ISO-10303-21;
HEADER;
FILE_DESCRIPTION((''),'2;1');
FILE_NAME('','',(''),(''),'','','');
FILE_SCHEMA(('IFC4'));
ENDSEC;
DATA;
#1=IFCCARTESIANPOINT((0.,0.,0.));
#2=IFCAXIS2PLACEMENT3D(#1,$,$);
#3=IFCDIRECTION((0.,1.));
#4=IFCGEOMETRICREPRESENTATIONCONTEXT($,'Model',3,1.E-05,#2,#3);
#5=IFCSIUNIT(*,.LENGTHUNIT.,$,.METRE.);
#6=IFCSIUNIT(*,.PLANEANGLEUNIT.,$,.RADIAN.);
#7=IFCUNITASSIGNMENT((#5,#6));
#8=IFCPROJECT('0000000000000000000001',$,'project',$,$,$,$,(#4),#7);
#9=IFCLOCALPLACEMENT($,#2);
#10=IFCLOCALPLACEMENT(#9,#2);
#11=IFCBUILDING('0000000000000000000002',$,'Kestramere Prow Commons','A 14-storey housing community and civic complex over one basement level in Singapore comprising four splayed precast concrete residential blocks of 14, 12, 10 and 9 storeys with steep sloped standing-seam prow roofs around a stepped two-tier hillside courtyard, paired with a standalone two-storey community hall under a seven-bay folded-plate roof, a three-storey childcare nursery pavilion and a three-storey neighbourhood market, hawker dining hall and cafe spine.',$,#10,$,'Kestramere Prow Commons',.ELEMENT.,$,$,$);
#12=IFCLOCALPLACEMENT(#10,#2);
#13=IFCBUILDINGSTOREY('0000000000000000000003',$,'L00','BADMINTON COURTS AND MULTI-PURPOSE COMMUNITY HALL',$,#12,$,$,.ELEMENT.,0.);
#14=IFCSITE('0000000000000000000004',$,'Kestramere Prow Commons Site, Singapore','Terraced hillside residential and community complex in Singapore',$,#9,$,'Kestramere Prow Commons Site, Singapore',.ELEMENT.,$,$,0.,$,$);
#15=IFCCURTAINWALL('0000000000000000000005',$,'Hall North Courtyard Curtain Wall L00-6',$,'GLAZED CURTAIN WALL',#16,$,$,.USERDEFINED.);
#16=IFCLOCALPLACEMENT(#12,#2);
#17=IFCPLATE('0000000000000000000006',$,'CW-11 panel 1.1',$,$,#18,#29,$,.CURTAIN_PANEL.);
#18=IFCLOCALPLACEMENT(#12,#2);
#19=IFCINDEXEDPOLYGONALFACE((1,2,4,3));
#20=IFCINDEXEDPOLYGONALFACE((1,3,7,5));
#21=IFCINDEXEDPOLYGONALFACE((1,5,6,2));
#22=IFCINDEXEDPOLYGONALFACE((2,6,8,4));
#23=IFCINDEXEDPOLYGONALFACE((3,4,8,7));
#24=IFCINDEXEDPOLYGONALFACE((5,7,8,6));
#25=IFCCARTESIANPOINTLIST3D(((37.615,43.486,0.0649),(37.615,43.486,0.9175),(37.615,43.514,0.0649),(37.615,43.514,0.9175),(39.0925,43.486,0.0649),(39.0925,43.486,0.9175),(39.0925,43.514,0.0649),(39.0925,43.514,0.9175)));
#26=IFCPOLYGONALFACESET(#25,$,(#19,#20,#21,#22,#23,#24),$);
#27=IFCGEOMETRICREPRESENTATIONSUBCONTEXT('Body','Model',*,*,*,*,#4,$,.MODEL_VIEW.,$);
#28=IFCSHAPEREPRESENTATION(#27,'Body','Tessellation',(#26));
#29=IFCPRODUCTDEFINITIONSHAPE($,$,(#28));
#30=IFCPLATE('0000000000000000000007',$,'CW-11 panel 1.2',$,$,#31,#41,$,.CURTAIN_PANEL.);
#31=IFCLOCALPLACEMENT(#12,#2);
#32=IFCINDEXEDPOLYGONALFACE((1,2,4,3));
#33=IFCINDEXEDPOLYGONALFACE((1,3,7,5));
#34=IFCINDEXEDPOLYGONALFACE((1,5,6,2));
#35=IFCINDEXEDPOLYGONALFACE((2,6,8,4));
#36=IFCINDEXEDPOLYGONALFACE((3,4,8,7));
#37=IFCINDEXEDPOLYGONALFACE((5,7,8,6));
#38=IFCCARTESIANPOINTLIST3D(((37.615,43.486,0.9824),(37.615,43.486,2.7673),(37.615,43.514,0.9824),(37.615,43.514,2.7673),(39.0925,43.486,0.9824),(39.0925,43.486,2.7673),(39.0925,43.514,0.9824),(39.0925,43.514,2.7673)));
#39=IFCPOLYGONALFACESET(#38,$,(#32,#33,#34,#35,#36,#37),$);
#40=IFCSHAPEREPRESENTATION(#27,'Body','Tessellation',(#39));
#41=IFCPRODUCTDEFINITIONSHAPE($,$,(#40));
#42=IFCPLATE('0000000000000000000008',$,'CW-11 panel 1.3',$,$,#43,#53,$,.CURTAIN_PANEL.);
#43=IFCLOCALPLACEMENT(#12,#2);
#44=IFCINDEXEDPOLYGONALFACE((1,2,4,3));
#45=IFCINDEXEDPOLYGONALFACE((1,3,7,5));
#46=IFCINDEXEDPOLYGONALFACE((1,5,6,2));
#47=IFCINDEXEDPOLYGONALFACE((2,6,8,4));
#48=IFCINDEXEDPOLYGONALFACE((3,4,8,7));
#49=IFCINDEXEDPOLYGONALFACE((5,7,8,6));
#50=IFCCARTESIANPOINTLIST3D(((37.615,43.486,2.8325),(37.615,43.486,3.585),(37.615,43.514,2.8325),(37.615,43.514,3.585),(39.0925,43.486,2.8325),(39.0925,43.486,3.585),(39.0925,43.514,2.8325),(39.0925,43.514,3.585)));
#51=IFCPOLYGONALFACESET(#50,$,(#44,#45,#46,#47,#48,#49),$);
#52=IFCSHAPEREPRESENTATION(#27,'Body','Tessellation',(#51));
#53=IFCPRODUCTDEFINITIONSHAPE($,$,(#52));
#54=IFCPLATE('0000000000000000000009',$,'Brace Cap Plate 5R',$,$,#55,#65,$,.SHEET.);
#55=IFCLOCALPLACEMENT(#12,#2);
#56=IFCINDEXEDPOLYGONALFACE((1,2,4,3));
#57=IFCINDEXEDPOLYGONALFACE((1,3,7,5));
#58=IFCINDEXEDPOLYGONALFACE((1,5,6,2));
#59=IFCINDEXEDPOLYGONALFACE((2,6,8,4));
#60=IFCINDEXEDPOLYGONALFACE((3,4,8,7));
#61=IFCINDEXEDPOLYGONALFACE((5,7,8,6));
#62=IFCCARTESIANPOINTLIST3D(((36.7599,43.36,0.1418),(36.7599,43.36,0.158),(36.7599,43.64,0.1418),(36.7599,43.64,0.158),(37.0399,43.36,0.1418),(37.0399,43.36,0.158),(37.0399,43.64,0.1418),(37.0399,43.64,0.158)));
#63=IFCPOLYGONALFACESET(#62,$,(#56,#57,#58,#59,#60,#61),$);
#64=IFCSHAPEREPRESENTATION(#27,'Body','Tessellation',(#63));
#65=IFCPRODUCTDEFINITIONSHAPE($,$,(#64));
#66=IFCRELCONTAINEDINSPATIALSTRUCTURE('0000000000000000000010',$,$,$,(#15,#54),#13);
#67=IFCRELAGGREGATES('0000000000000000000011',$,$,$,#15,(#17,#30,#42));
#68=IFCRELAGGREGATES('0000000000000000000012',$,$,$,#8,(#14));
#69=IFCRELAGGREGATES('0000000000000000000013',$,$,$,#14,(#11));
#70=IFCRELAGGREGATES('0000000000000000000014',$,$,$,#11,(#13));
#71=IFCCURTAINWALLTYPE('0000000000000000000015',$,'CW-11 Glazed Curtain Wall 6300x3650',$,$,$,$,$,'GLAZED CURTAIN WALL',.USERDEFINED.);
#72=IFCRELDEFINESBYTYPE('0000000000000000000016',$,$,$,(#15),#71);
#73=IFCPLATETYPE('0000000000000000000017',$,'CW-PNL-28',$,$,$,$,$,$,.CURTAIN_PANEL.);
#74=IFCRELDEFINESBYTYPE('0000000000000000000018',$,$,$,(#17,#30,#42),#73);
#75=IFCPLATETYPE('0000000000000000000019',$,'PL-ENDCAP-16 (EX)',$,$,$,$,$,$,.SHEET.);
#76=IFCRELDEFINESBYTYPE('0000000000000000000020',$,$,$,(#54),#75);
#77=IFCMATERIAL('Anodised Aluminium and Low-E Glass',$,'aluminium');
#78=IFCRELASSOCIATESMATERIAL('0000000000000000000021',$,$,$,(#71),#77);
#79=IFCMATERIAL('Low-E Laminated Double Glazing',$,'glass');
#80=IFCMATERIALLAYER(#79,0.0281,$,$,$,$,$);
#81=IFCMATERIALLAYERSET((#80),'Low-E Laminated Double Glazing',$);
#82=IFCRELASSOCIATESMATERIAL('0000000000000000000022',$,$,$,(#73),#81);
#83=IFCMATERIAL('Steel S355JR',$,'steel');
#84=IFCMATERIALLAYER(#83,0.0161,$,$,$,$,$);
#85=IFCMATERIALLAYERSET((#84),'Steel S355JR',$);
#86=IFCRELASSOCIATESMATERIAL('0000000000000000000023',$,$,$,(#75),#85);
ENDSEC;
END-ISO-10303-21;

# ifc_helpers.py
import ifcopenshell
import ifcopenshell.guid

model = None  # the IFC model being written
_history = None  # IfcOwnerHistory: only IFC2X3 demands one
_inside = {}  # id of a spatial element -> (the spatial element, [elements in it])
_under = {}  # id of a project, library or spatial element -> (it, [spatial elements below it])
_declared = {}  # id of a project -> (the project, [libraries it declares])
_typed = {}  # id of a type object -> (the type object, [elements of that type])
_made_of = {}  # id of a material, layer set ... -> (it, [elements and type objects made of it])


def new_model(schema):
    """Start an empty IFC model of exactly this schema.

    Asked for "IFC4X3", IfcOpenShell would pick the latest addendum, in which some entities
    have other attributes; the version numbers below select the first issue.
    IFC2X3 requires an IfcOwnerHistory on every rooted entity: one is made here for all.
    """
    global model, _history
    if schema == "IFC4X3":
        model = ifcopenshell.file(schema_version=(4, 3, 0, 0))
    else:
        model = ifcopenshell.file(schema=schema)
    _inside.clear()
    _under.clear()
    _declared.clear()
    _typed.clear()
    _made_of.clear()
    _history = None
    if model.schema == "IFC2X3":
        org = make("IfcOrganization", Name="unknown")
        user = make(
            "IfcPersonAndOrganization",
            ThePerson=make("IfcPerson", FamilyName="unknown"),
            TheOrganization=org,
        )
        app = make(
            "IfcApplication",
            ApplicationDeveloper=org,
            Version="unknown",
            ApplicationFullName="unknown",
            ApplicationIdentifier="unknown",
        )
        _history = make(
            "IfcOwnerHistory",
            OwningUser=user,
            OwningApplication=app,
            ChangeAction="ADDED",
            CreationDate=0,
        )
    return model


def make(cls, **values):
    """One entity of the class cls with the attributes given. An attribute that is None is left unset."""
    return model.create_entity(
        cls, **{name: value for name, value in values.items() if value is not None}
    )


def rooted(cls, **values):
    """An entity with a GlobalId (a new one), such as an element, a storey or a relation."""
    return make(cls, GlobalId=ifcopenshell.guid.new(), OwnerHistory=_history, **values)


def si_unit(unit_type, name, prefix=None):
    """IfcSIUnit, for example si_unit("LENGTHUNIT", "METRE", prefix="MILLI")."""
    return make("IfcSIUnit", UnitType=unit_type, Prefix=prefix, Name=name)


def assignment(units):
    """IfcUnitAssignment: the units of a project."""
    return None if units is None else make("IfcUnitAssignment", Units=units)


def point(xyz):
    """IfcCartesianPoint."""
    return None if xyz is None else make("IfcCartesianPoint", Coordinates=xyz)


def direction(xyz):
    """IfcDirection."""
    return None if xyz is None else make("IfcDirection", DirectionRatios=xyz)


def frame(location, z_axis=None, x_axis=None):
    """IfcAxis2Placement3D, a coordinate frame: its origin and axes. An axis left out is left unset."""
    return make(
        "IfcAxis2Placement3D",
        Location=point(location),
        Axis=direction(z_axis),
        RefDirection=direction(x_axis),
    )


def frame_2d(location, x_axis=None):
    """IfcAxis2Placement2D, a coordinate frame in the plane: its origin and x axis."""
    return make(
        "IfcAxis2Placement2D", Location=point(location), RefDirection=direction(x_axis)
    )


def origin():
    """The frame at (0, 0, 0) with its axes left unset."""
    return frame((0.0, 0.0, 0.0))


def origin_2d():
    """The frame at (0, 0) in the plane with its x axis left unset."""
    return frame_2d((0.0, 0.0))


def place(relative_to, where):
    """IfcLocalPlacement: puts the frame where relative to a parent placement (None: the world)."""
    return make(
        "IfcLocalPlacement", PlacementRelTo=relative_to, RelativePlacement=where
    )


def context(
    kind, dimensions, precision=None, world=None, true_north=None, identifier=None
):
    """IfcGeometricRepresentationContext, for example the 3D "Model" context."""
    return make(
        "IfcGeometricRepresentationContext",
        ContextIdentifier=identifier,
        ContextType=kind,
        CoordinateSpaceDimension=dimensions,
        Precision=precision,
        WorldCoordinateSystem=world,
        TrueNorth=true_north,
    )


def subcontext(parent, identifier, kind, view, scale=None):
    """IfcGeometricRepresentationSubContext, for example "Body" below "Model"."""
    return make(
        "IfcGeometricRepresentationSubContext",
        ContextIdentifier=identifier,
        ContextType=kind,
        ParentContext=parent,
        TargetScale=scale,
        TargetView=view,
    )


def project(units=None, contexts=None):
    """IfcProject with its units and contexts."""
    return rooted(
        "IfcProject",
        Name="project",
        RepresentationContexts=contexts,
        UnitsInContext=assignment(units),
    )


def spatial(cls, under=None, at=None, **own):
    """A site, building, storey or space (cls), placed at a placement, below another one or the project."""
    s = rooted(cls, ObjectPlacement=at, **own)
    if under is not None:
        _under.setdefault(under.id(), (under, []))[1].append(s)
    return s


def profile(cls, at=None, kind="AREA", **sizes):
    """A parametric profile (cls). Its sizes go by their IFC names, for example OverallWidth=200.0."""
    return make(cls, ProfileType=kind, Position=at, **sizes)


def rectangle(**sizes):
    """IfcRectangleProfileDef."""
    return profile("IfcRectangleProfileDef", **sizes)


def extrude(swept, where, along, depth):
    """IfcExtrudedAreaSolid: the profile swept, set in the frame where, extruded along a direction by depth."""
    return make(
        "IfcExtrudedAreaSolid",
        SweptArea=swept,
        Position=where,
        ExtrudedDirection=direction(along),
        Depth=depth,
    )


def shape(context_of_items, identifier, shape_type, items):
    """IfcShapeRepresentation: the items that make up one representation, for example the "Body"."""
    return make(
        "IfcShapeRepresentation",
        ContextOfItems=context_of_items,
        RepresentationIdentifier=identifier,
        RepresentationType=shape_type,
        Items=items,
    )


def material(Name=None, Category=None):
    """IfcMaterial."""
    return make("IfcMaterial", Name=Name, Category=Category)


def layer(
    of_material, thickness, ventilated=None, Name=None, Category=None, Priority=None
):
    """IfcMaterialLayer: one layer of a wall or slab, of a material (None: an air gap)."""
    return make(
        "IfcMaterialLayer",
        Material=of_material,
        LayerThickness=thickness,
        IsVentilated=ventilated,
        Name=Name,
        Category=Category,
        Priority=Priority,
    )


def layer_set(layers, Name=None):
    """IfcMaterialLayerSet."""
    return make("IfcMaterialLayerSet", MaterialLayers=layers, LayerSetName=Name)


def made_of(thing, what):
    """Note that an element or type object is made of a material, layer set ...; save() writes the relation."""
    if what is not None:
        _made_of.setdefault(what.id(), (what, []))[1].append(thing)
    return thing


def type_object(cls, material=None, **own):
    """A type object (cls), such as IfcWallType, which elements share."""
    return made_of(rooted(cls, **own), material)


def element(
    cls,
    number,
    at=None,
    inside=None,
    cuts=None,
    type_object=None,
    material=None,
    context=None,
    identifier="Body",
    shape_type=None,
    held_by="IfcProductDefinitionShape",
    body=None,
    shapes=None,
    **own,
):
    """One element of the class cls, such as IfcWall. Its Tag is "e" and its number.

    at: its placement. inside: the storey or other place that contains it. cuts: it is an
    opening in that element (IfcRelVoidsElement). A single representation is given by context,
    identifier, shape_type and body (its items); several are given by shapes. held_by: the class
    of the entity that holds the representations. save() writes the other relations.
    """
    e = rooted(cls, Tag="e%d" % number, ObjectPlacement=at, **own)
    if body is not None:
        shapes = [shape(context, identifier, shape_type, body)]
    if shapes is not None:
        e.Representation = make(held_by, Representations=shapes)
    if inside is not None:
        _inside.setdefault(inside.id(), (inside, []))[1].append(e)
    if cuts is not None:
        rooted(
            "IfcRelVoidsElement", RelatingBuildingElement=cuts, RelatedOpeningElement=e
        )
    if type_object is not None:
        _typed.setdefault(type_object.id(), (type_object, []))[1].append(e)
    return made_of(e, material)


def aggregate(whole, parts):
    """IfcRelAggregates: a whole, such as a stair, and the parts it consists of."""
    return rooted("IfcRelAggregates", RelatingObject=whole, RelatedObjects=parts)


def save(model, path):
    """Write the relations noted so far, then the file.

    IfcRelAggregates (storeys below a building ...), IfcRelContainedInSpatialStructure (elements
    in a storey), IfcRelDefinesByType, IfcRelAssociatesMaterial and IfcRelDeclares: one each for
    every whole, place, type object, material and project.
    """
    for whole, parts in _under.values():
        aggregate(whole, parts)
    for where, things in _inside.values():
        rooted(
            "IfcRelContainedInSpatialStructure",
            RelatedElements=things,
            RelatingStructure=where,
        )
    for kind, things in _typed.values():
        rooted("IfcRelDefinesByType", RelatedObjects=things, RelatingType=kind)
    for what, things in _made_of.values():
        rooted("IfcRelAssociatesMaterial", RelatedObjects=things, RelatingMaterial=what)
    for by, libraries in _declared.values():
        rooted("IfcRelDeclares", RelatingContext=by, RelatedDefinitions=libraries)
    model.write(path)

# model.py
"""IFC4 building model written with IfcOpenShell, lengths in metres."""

from ifc_helpers import new_model, si_unit, direction, frame, origin, origin_2d, place, context, subcontext, project, spatial, rectangle, extrude, material, layer, layer_set, type_object, element, aggregate, save


model = new_model("IFC4")

# Units and contexts
model_context = context("Model", 3, precision=1e-05, world=origin(), true_north=direction((0.0, 1.0)))
body_context = subcontext(model_context, "Body", "Model", "MODEL_VIEW")
ifc_project = project(units=[si_unit("LENGTHUNIT", "METRE"), si_unit("PLANEANGLEUNIT", "RADIAN")], contexts=[model_context])

# Site, building, storey
site_placement = place(None, origin())
site = spatial("IfcSite", under=ifc_project, at=site_placement, Name="Kestramere Prow Commons Site, Singapore", Description="Terraced hillside residential and community complex in Singapore", LongName="Kestramere Prow Commons Site, Singapore", CompositionType="ELEMENT", RefElevation=0.0)
building_placement = place(site_placement, origin())
building = spatial("IfcBuilding", under=site, at=building_placement, Name="Kestramere Prow Commons", Description="A 14-storey housing community and civic complex over one basement level in Singapore comprising four splayed precast concrete residential blocks of 14, 12, 10 and 9 storeys with steep sloped standing-seam prow roofs around a stepped two-tier hillside courtyard, paired with a standalone two-storey community hall under a seven-bay folded-plate roof, a three-storey childcare nursery pavilion and a three-storey neighbourhood market, hawker dining hall and cafe spine.", LongName="Kestramere Prow Commons", CompositionType="ELEMENT")
storey_placement = place(building_placement, origin())
storey = spatial("IfcBuildingStorey", under=building, at=storey_placement, Name="L00", Description="BADMINTON COURTS AND MULTI-PURPOSE COMMUNITY HALL", CompositionType="ELEMENT", Elevation=0.0)

# Shared definitions
ifc_material_1 = material(Name="Steel S355JR", Category="steel")

# Curtain wall
ifc_material_2 = material(Name="Anodised Aluminium and Low-E Glass", Category="aluminium")
curtain_wall_type = type_object("IfcCurtainWallType", Name="CW-11 Glazed Curtain Wall 6300x3650", ElementType="GLAZED CURTAIN WALL", PredefinedType="USERDEFINED", material=ifc_material_2)
curtain_wall_1_placement = place(storey_placement, origin())
curtain_wall_1 = element("IfcCurtainWall", 1, at=curtain_wall_1_placement, inside=storey, type_object=curtain_wall_type, Name="Hall North Courtyard Curtain Wall L00-6", ObjectType="GLAZED CURTAIN WALL", PredefinedType="USERDEFINED")

# Plates
ifc_material_3 = material(Name="Low-E Laminated Double Glazing", Category="glass")
ifc_layer_1 = layer(ifc_material_3, 0.0281)
ifc_layer_set_1 = layer_set([ifc_layer_1], Name="Low-E Laminated Double Glazing")
plate_type_1 = type_object("IfcPlateType", Name="CW-PNL-28", PredefinedType="CURTAIN_PANEL", material=ifc_layer_set_1)
plate_1_placement = place(storey_placement, frame((38.3538, 43.5, 0.0649), z_axis=(0.0, 0.0, 1.0), x_axis=(1.0, 0.0, 0.0)))
plate_1 = element("IfcPlate", 2, at=plate_1_placement, type_object=plate_type_1, Name="CW-11 panel 1.1", PredefinedType="CURTAIN_PANEL", context=body_context, shape_type="SweptSolid", body=[
    extrude(rectangle(XDim=1.4775, YDim=0.0281, at=origin_2d()), origin(), (0.0, 0.0, 1.0), 0.8525),
])
plate_2_placement = place(storey_placement, frame((38.3538, 43.5, 0.9824), z_axis=(0.0, 0.0, 1.0), x_axis=(1.0, 0.0, 0.0)))
plate_2 = element("IfcPlate", 3, at=plate_2_placement, type_object=plate_type_1, Name="CW-11 panel 1.2", PredefinedType="CURTAIN_PANEL", context=body_context, shape_type="SweptSolid", body=[
    extrude(rectangle(XDim=1.4775, YDim=0.0281, at=origin_2d()), origin(), (0.0, 0.0, 1.0), 1.7849),
])
plate_3_placement = place(storey_placement, frame((38.3538, 43.5, 2.8325), z_axis=(0.0, 0.0, 1.0), x_axis=(1.0, 0.0, 0.0)))
plate_3 = element("IfcPlate", 4, at=plate_3_placement, type_object=plate_type_1, Name="CW-11 panel 1.3", PredefinedType="CURTAIN_PANEL", context=body_context, shape_type="SweptSolid", body=[
    extrude(rectangle(XDim=1.4775, YDim=0.0281, at=origin_2d()), origin(), (0.0, 0.0, 1.0), 0.7524),
])
aggregate(curtain_wall_1, [plate_1, plate_2, plate_3])
ifc_layer_2 = layer(ifc_material_1, 0.0161)
ifc_layer_set_2 = layer_set([ifc_layer_2], Name="Steel S355JR")
plate_type_2 = type_object("IfcPlateType", Name="PL-ENDCAP-16 (EX)", PredefinedType="SHEET", material=ifc_layer_set_2)
plate_4_placement = place(storey_placement, frame((36.8999, 43.5, 0.1418), z_axis=(0.0, 0.0, 1.0), x_axis=(1.0, 0.0, 0.0)))
element("IfcPlate", 5, at=plate_4_placement, inside=storey, type_object=plate_type_2, Name="Brace Cap Plate 5R", PredefinedType="SHEET", context=body_context, shape_type="SweptSolid", body=[
    extrude(rectangle(XDim=0.28, YDim=0.28, at=origin_2d()), origin(), (0.0, 0.0, 1.0), 0.0161),
])

save(model, "model.ifc")
